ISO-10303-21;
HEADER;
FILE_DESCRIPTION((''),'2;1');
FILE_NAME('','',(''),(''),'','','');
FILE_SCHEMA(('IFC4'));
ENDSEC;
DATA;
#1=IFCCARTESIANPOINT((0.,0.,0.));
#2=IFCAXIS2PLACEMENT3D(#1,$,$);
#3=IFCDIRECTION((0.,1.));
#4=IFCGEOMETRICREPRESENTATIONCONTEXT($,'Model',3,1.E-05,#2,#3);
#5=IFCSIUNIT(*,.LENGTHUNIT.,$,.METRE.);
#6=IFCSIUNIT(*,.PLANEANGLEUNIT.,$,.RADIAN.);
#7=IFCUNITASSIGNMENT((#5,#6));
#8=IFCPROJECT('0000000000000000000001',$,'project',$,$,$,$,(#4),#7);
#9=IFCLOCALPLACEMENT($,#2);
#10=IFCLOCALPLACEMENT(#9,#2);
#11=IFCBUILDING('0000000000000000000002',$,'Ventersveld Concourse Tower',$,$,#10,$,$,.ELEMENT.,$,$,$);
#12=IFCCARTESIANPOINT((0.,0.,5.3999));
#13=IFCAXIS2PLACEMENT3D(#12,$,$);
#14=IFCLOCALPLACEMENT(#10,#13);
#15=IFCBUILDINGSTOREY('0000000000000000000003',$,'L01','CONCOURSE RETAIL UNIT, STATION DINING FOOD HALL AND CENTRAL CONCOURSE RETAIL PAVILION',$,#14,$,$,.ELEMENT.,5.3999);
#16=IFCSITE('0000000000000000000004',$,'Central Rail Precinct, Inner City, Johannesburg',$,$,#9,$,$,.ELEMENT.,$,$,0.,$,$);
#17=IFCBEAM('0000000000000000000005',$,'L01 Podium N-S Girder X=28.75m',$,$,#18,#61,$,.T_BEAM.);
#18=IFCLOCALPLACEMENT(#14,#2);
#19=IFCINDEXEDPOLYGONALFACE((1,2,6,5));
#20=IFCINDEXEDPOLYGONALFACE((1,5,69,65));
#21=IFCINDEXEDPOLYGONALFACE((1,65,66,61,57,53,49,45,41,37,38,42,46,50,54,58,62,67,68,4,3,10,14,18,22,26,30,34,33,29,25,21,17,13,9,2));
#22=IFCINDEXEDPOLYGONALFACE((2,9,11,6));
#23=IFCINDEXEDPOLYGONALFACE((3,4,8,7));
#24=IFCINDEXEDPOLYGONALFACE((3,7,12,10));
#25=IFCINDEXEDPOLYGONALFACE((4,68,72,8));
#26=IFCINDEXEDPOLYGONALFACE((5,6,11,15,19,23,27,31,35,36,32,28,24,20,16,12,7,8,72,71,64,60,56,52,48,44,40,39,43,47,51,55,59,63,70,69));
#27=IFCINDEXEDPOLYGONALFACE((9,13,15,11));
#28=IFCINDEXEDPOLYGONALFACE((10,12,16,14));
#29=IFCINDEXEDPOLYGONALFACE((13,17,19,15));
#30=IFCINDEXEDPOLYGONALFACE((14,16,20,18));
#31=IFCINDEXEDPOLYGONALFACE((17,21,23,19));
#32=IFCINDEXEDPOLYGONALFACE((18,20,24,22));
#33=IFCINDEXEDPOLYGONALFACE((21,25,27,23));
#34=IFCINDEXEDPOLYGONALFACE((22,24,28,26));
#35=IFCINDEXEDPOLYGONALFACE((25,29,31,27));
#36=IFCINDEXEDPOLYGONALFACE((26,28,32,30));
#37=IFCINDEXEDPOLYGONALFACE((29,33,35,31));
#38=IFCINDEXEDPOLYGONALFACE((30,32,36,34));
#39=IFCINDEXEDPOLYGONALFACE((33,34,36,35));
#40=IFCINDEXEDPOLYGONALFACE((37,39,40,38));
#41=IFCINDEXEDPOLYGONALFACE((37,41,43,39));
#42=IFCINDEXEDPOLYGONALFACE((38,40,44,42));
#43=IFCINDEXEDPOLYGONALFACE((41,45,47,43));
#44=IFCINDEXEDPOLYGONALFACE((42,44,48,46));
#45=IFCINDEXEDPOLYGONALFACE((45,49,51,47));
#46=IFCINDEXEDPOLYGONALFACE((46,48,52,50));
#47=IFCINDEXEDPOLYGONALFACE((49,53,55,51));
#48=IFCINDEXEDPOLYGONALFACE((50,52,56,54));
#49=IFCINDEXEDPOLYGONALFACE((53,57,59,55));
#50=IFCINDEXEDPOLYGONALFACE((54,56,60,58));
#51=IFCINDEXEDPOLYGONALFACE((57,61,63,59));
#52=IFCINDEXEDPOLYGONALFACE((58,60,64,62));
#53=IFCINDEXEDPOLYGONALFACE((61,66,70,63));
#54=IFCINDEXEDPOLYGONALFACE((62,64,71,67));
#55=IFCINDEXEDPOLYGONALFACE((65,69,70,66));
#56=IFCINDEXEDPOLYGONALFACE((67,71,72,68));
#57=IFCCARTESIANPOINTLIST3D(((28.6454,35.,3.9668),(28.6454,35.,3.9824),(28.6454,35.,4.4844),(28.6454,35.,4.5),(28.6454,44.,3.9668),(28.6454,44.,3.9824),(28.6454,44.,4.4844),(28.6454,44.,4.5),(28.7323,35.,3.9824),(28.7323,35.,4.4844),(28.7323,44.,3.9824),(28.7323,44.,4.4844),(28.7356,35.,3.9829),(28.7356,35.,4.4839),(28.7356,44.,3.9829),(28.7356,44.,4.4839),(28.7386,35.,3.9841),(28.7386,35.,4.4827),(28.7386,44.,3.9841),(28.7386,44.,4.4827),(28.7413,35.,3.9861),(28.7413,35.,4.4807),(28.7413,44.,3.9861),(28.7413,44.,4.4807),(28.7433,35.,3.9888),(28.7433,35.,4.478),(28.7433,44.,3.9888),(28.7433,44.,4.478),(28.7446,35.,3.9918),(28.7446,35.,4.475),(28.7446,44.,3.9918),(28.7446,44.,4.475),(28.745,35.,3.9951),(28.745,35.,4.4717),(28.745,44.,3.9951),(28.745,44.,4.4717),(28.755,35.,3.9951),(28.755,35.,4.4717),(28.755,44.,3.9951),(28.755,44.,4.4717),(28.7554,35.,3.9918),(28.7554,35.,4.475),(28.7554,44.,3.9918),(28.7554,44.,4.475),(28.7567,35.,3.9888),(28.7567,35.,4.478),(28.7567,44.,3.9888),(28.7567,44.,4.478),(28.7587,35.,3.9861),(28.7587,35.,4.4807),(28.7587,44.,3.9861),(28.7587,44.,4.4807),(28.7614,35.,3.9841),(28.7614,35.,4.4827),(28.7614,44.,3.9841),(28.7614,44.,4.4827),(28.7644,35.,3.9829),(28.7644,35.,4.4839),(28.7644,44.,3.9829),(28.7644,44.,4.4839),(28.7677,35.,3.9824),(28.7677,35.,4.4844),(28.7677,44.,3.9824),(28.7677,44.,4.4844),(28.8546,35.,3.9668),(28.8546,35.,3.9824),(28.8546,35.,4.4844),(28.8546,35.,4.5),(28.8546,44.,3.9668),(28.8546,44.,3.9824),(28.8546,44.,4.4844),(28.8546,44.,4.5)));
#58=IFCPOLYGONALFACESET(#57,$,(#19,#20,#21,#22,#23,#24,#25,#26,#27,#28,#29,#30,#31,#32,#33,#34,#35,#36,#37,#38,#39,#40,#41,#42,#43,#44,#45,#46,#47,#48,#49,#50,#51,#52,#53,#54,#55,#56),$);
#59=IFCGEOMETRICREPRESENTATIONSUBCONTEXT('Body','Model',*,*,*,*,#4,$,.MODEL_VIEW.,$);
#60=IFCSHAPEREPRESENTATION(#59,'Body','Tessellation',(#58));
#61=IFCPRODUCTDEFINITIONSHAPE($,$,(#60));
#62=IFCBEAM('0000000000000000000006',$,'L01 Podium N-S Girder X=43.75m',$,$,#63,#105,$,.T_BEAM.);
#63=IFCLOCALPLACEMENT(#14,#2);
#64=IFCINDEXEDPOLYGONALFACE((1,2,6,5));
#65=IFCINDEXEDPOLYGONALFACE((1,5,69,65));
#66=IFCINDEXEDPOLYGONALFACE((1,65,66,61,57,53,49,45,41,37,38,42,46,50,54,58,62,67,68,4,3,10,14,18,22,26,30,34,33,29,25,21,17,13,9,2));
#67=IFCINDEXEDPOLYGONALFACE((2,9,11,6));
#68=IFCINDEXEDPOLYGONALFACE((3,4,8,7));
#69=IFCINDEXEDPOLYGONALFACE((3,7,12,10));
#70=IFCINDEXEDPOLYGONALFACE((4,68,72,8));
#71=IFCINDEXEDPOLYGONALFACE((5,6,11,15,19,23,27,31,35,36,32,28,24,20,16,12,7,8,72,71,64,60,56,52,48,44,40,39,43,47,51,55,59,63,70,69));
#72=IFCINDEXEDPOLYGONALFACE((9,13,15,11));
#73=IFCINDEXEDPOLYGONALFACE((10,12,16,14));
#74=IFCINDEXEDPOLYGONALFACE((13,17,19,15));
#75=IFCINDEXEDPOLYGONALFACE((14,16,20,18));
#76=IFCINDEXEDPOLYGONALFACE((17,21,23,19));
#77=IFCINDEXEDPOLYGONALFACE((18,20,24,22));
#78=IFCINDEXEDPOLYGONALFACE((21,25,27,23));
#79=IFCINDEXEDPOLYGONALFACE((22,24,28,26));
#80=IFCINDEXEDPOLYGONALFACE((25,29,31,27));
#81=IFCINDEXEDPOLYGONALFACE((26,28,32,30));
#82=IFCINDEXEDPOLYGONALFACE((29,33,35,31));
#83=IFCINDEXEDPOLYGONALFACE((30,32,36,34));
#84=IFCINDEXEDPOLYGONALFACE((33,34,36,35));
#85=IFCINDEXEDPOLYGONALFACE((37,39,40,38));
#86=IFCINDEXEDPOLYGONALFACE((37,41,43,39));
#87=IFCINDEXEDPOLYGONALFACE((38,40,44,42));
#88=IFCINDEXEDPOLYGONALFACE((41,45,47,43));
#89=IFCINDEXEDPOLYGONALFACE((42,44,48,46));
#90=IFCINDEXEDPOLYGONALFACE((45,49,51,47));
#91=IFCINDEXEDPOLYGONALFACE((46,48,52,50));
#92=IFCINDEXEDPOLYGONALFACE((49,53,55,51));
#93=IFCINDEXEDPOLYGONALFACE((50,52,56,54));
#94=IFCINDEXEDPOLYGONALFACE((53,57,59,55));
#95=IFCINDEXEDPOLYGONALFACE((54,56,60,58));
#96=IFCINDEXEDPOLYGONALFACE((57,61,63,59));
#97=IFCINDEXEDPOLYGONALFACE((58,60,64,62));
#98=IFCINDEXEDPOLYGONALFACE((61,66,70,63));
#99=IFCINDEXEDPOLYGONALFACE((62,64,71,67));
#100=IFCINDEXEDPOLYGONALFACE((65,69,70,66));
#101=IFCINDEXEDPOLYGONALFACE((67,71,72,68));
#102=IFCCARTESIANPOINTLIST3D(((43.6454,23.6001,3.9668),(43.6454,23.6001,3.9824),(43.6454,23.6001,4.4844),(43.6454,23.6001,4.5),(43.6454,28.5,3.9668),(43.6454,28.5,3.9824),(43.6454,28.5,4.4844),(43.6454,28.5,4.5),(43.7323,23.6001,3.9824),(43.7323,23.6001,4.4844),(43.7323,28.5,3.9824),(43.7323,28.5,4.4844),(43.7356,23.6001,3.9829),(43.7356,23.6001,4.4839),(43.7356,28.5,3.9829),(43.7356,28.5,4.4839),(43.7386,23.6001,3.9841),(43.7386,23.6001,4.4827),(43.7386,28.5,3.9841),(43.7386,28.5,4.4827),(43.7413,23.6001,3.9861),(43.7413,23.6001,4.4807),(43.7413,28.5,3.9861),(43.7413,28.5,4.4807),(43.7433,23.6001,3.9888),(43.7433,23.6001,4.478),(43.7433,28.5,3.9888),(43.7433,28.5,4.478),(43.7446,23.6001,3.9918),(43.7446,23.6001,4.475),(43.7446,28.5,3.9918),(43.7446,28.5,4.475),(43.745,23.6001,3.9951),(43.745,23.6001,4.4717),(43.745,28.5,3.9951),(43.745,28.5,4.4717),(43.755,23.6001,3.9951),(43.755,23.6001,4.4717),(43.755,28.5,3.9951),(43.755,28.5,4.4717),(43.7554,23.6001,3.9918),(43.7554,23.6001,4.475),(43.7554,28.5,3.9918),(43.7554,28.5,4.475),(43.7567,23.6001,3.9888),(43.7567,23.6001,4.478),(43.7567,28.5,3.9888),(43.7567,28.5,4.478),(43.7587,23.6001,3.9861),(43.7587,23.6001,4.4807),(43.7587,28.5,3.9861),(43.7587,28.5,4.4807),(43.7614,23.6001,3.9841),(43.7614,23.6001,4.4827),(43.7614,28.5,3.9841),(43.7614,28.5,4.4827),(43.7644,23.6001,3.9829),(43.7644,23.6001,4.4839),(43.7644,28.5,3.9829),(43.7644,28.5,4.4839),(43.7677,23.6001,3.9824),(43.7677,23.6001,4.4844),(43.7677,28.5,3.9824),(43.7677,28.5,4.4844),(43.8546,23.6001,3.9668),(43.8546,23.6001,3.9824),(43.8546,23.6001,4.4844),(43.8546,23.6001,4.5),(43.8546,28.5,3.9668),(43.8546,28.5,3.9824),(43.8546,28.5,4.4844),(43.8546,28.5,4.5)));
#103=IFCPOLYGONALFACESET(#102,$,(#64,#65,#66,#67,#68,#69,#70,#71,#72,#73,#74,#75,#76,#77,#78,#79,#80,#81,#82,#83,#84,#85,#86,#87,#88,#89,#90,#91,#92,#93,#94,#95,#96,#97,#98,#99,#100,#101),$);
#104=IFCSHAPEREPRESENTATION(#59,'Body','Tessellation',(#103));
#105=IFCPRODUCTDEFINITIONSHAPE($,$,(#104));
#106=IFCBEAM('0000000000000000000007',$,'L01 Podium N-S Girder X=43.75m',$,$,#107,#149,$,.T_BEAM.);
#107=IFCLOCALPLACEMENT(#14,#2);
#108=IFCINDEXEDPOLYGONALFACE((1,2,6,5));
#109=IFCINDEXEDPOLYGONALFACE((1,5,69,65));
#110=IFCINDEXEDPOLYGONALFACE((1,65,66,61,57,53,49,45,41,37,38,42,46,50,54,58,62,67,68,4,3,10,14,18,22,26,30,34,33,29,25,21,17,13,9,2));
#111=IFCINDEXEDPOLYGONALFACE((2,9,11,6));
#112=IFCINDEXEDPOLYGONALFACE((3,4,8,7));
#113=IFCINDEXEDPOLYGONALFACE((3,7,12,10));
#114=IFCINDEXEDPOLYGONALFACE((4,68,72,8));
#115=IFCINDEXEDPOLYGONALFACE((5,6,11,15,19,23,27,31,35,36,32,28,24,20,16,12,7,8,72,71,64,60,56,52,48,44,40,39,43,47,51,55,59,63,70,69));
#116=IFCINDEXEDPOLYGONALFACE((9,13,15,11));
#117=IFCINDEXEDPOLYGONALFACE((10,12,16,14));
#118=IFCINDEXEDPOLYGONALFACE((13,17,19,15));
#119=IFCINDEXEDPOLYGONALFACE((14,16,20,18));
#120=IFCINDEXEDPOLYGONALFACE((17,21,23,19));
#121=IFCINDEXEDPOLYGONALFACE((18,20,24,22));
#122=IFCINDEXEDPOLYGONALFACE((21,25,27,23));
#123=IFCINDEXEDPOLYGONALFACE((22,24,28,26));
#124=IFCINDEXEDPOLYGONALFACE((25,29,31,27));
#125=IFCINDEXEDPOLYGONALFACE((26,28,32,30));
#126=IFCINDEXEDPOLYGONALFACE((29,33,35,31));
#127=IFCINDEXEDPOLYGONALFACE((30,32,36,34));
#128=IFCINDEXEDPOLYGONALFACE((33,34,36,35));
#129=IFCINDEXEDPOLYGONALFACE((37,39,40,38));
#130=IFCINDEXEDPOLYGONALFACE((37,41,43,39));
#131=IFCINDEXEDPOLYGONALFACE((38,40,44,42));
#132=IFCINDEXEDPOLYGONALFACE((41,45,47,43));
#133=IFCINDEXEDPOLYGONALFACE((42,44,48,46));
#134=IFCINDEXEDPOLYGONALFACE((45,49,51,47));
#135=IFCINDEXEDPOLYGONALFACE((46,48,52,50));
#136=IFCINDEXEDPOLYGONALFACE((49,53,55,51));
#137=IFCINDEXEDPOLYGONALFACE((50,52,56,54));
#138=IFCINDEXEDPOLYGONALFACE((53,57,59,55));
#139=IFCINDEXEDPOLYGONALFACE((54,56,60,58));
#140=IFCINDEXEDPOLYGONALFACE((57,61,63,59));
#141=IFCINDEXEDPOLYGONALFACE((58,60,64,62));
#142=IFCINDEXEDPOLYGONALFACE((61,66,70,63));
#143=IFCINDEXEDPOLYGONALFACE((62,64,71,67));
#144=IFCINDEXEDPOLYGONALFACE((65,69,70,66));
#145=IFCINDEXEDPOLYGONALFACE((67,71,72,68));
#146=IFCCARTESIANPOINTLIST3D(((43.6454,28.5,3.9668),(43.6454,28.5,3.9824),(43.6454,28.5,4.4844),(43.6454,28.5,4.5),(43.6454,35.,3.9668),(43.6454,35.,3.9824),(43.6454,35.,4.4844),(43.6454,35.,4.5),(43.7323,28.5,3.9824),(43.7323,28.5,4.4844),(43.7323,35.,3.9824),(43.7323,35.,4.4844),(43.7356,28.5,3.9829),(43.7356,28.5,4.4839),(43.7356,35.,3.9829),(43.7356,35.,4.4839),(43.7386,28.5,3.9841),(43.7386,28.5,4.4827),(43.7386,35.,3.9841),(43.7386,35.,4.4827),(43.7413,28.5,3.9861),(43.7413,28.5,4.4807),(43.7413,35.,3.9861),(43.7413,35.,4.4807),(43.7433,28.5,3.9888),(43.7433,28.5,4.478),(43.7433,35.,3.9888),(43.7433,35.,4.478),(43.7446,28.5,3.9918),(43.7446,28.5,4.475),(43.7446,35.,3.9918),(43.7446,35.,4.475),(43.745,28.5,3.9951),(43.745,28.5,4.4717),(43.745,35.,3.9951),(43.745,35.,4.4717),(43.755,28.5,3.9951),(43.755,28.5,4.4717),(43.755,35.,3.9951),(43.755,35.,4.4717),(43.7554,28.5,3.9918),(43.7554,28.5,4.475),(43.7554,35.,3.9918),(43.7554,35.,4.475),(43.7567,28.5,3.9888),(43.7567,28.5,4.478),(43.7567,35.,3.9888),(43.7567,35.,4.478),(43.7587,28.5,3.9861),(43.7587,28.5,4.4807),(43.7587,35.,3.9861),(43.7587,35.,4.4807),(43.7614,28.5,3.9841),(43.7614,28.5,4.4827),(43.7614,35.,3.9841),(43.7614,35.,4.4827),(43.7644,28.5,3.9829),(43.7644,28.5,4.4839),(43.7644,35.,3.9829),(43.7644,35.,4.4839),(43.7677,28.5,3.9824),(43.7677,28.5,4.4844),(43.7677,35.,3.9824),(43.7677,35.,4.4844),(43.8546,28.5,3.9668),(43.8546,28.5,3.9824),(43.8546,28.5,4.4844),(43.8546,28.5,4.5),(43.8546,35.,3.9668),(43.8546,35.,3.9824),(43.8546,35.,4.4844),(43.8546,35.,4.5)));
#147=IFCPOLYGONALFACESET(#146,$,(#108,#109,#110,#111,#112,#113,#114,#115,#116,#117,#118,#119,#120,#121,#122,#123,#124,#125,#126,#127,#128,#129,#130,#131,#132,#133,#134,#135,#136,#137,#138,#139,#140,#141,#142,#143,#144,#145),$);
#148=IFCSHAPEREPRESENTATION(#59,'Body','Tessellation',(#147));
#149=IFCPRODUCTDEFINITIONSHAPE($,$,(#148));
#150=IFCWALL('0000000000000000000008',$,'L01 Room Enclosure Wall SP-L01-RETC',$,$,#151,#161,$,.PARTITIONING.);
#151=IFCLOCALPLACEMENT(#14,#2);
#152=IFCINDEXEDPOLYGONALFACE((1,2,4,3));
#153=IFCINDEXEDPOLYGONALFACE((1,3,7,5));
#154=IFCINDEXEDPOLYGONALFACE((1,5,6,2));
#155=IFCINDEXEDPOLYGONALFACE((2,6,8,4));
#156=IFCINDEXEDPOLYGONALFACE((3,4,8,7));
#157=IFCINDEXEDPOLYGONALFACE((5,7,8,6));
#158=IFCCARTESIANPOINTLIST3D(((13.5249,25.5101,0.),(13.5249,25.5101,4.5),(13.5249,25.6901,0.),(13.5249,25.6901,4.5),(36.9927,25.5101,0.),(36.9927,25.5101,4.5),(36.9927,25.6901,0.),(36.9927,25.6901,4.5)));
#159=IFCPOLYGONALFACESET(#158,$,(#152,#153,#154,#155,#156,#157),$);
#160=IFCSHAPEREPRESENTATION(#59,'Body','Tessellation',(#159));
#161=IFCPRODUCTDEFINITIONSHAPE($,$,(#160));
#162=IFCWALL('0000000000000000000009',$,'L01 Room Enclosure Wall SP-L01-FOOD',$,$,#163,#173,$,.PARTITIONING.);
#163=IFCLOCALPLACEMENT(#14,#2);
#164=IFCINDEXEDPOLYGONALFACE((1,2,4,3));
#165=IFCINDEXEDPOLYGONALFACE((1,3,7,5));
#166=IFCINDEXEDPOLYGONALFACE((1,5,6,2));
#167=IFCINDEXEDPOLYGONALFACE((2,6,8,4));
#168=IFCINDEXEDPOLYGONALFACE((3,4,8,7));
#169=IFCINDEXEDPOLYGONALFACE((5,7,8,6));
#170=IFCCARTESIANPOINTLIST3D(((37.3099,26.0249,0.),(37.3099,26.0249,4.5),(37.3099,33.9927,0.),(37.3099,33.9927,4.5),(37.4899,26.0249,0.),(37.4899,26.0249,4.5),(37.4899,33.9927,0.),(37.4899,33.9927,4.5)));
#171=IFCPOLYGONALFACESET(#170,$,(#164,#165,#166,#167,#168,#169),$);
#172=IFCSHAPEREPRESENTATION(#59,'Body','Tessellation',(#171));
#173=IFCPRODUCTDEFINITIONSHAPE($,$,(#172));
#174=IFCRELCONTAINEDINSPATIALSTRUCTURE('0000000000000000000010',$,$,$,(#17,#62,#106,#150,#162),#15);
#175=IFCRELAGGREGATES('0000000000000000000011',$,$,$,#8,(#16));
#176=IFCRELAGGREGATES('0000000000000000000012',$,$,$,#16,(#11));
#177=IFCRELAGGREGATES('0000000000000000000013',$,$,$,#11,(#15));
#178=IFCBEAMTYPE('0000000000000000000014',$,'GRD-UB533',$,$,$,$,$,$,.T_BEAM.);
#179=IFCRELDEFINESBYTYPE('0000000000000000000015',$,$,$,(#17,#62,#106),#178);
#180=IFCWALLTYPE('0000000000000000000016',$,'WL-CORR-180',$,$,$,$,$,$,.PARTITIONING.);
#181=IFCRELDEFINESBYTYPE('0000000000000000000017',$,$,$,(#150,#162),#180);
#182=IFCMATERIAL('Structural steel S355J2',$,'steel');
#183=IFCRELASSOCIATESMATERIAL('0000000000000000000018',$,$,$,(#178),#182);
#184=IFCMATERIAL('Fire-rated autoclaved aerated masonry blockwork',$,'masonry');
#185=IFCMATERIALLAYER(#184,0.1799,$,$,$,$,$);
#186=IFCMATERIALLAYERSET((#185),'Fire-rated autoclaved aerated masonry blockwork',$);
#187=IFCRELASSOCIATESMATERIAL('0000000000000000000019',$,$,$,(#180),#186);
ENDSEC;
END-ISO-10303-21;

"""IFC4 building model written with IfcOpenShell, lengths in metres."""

from ifc_helpers import new_model, si_unit, direction, frame, frame_2d, origin, origin_2d, place, context, subcontext, project, spatial, rectangle, i_section, extrude, material, layer, layer_set, material_profile, profile_set, type_object, element, save


model = new_model("IFC4")

# Units and contexts
model_context = context("Model", 3, precision=1e-05, world=origin(), true_north=direction((0.0, 1.0)))
body_context = subcontext(model_context, "Body", "Model", "MODEL_VIEW")
ifc_project = project(units=[si_unit("LENGTHUNIT", "METRE"), si_unit("PLANEANGLEUNIT", "RADIAN")], contexts=[model_context])

# Site, building, storey
site_placement = place(None, origin())
site = spatial("IfcSite", under=ifc_project, at=site_placement, Name="Central Rail Precinct, Inner City, Johannesburg", CompositionType="ELEMENT", RefElevation=0.0)
building_placement = place(site_placement, origin())
building = spatial("IfcBuilding", under=site, at=building_placement, Name="Ventersveld Concourse Tower", CompositionType="ELEMENT")
storey_placement = place(building_placement, frame((0.0, 0.0, 5.3999)))
storey = spatial("IfcBuildingStorey", under=building, at=storey_placement, Name="L01", Description="CONCOURSE RETAIL UNIT, STATION DINING FOOD HALL AND CENTRAL CONCOURSE RETAIL PAVILION", CompositionType="ELEMENT", Elevation=5.3999)

# Beams
ifc_material_1 = material(Name="Structural steel S355J2", Category="steel")
ifc_material_profile_1 = material_profile(ifc_material_1, i_section(OverallWidth=0.2092, OverallDepth=0.5332, WebThickness=0.01, FlangeThickness=0.0156, FilletRadius=0.0127, at=origin_2d()), Name="UB 533x210x92")
ifc_profile_set_1 = profile_set([ifc_material_profile_1], Name="Structural steel S355J2")
beam_type_1 = type_object("IfcBeamType", Name="GRD-UB533", PredefinedType="T_BEAM", material=ifc_profile_set_1)
beam_1_placement = place(storey_placement, frame((28.75, 35.0, 4.2334), z_axis=(0.0, 1.0, 0.0), x_axis=(-1.0, 0.0, 0.0)))
element("IfcBeam", 1, at=beam_1_placement, inside=storey, type_object=beam_type_1, Name="L01 Podium N-S Girder X=28.75m", PredefinedType="T_BEAM", context=body_context, shape_type="SweptSolid", body=[
    extrude(i_section(OverallWidth=0.2092, OverallDepth=0.5332, WebThickness=0.01, FlangeThickness=0.0156, FilletRadius=0.0127, at=origin_2d()), origin(), (0.0, 0.0, 1.0), 9.0),
])
beam_2_placement = place(storey_placement, frame((43.75, 23.6001, 4.2334), z_axis=(0.0, 1.0, 0.0), x_axis=(-1.0, 0.0, 0.0)))
element("IfcBeam", 2, at=beam_2_placement, inside=storey, type_object=beam_type_1, Name="L01 Podium N-S Girder X=43.75m", PredefinedType="T_BEAM", context=body_context, shape_type="SweptSolid", body=[
    extrude(i_section(OverallWidth=0.2092, OverallDepth=0.5332, WebThickness=0.01, FlangeThickness=0.0156, FilletRadius=0.0127, at=origin_2d()), origin(), (0.0, 0.0, 1.0), 4.8999),
])
beam_3_placement = place(storey_placement, frame((43.75, 28.5, 4.2334), z_axis=(0.0, 1.0, 0.0), x_axis=(-1.0, 0.0, 0.0)))
element("IfcBeam", 3, at=beam_3_placement, inside=storey, type_object=beam_type_1, Name="L01 Podium N-S Girder X=43.75m", PredefinedType="T_BEAM", context=body_context, shape_type="SweptSolid", body=[
    extrude(i_section(OverallWidth=0.2092, OverallDepth=0.5332, WebThickness=0.01, FlangeThickness=0.0156, FilletRadius=0.0127, at=origin_2d()), origin(), (0.0, 0.0, 1.0), 6.5),
])

# Walls
ifc_material_2 = material(Name="Fire-rated autoclaved aerated masonry blockwork", Category="masonry")
ifc_layer_1 = layer(ifc_material_2, 0.1799)
ifc_layer_set_1 = layer_set([ifc_layer_1], Name="Fire-rated autoclaved aerated masonry blockwork")
wall_type_1 = type_object("IfcWallType", Name="WL-CORR-180", PredefinedType="PARTITIONING", material=ifc_layer_set_1)
wall_1_placement = place(storey_placement, frame((36.9927, 25.6001, 0.0), z_axis=(0.0, 0.0, 1.0), x_axis=(-1.0, 0.0, 0.0)))
element("IfcWall", 4, at=wall_1_placement, inside=storey, type_object=wall_type_1, Name="L01 Room Enclosure Wall SP-L01-RETC", PredefinedType="PARTITIONING", context=body_context, shape_type="SweptSolid", body=[
    extrude(rectangle(XDim=23.4678, YDim=0.1799, at=frame_2d((11.7339, 0.0))), origin(), (0.0, 0.0, 1.0), 4.5),
])
wall_2_placement = place(storey_placement, frame((37.3999, 33.9927, 0.0), z_axis=(0.0, 0.0, 1.0), x_axis=(0.0, -1.0, 0.0)))
element("IfcWall", 5, at=wall_2_placement, inside=storey, type_object=wall_type_1, Name="L01 Room Enclosure Wall SP-L01-FOOD", PredefinedType="PARTITIONING", context=body_context, shape_type="SweptSolid", body=[
    extrude(rectangle(XDim=7.9678, YDim=0.1799, at=frame_2d((3.9839, 0.0))), origin(), (0.0, 0.0, 1.0), 4.5),
])

save(model, "model.ifc")
